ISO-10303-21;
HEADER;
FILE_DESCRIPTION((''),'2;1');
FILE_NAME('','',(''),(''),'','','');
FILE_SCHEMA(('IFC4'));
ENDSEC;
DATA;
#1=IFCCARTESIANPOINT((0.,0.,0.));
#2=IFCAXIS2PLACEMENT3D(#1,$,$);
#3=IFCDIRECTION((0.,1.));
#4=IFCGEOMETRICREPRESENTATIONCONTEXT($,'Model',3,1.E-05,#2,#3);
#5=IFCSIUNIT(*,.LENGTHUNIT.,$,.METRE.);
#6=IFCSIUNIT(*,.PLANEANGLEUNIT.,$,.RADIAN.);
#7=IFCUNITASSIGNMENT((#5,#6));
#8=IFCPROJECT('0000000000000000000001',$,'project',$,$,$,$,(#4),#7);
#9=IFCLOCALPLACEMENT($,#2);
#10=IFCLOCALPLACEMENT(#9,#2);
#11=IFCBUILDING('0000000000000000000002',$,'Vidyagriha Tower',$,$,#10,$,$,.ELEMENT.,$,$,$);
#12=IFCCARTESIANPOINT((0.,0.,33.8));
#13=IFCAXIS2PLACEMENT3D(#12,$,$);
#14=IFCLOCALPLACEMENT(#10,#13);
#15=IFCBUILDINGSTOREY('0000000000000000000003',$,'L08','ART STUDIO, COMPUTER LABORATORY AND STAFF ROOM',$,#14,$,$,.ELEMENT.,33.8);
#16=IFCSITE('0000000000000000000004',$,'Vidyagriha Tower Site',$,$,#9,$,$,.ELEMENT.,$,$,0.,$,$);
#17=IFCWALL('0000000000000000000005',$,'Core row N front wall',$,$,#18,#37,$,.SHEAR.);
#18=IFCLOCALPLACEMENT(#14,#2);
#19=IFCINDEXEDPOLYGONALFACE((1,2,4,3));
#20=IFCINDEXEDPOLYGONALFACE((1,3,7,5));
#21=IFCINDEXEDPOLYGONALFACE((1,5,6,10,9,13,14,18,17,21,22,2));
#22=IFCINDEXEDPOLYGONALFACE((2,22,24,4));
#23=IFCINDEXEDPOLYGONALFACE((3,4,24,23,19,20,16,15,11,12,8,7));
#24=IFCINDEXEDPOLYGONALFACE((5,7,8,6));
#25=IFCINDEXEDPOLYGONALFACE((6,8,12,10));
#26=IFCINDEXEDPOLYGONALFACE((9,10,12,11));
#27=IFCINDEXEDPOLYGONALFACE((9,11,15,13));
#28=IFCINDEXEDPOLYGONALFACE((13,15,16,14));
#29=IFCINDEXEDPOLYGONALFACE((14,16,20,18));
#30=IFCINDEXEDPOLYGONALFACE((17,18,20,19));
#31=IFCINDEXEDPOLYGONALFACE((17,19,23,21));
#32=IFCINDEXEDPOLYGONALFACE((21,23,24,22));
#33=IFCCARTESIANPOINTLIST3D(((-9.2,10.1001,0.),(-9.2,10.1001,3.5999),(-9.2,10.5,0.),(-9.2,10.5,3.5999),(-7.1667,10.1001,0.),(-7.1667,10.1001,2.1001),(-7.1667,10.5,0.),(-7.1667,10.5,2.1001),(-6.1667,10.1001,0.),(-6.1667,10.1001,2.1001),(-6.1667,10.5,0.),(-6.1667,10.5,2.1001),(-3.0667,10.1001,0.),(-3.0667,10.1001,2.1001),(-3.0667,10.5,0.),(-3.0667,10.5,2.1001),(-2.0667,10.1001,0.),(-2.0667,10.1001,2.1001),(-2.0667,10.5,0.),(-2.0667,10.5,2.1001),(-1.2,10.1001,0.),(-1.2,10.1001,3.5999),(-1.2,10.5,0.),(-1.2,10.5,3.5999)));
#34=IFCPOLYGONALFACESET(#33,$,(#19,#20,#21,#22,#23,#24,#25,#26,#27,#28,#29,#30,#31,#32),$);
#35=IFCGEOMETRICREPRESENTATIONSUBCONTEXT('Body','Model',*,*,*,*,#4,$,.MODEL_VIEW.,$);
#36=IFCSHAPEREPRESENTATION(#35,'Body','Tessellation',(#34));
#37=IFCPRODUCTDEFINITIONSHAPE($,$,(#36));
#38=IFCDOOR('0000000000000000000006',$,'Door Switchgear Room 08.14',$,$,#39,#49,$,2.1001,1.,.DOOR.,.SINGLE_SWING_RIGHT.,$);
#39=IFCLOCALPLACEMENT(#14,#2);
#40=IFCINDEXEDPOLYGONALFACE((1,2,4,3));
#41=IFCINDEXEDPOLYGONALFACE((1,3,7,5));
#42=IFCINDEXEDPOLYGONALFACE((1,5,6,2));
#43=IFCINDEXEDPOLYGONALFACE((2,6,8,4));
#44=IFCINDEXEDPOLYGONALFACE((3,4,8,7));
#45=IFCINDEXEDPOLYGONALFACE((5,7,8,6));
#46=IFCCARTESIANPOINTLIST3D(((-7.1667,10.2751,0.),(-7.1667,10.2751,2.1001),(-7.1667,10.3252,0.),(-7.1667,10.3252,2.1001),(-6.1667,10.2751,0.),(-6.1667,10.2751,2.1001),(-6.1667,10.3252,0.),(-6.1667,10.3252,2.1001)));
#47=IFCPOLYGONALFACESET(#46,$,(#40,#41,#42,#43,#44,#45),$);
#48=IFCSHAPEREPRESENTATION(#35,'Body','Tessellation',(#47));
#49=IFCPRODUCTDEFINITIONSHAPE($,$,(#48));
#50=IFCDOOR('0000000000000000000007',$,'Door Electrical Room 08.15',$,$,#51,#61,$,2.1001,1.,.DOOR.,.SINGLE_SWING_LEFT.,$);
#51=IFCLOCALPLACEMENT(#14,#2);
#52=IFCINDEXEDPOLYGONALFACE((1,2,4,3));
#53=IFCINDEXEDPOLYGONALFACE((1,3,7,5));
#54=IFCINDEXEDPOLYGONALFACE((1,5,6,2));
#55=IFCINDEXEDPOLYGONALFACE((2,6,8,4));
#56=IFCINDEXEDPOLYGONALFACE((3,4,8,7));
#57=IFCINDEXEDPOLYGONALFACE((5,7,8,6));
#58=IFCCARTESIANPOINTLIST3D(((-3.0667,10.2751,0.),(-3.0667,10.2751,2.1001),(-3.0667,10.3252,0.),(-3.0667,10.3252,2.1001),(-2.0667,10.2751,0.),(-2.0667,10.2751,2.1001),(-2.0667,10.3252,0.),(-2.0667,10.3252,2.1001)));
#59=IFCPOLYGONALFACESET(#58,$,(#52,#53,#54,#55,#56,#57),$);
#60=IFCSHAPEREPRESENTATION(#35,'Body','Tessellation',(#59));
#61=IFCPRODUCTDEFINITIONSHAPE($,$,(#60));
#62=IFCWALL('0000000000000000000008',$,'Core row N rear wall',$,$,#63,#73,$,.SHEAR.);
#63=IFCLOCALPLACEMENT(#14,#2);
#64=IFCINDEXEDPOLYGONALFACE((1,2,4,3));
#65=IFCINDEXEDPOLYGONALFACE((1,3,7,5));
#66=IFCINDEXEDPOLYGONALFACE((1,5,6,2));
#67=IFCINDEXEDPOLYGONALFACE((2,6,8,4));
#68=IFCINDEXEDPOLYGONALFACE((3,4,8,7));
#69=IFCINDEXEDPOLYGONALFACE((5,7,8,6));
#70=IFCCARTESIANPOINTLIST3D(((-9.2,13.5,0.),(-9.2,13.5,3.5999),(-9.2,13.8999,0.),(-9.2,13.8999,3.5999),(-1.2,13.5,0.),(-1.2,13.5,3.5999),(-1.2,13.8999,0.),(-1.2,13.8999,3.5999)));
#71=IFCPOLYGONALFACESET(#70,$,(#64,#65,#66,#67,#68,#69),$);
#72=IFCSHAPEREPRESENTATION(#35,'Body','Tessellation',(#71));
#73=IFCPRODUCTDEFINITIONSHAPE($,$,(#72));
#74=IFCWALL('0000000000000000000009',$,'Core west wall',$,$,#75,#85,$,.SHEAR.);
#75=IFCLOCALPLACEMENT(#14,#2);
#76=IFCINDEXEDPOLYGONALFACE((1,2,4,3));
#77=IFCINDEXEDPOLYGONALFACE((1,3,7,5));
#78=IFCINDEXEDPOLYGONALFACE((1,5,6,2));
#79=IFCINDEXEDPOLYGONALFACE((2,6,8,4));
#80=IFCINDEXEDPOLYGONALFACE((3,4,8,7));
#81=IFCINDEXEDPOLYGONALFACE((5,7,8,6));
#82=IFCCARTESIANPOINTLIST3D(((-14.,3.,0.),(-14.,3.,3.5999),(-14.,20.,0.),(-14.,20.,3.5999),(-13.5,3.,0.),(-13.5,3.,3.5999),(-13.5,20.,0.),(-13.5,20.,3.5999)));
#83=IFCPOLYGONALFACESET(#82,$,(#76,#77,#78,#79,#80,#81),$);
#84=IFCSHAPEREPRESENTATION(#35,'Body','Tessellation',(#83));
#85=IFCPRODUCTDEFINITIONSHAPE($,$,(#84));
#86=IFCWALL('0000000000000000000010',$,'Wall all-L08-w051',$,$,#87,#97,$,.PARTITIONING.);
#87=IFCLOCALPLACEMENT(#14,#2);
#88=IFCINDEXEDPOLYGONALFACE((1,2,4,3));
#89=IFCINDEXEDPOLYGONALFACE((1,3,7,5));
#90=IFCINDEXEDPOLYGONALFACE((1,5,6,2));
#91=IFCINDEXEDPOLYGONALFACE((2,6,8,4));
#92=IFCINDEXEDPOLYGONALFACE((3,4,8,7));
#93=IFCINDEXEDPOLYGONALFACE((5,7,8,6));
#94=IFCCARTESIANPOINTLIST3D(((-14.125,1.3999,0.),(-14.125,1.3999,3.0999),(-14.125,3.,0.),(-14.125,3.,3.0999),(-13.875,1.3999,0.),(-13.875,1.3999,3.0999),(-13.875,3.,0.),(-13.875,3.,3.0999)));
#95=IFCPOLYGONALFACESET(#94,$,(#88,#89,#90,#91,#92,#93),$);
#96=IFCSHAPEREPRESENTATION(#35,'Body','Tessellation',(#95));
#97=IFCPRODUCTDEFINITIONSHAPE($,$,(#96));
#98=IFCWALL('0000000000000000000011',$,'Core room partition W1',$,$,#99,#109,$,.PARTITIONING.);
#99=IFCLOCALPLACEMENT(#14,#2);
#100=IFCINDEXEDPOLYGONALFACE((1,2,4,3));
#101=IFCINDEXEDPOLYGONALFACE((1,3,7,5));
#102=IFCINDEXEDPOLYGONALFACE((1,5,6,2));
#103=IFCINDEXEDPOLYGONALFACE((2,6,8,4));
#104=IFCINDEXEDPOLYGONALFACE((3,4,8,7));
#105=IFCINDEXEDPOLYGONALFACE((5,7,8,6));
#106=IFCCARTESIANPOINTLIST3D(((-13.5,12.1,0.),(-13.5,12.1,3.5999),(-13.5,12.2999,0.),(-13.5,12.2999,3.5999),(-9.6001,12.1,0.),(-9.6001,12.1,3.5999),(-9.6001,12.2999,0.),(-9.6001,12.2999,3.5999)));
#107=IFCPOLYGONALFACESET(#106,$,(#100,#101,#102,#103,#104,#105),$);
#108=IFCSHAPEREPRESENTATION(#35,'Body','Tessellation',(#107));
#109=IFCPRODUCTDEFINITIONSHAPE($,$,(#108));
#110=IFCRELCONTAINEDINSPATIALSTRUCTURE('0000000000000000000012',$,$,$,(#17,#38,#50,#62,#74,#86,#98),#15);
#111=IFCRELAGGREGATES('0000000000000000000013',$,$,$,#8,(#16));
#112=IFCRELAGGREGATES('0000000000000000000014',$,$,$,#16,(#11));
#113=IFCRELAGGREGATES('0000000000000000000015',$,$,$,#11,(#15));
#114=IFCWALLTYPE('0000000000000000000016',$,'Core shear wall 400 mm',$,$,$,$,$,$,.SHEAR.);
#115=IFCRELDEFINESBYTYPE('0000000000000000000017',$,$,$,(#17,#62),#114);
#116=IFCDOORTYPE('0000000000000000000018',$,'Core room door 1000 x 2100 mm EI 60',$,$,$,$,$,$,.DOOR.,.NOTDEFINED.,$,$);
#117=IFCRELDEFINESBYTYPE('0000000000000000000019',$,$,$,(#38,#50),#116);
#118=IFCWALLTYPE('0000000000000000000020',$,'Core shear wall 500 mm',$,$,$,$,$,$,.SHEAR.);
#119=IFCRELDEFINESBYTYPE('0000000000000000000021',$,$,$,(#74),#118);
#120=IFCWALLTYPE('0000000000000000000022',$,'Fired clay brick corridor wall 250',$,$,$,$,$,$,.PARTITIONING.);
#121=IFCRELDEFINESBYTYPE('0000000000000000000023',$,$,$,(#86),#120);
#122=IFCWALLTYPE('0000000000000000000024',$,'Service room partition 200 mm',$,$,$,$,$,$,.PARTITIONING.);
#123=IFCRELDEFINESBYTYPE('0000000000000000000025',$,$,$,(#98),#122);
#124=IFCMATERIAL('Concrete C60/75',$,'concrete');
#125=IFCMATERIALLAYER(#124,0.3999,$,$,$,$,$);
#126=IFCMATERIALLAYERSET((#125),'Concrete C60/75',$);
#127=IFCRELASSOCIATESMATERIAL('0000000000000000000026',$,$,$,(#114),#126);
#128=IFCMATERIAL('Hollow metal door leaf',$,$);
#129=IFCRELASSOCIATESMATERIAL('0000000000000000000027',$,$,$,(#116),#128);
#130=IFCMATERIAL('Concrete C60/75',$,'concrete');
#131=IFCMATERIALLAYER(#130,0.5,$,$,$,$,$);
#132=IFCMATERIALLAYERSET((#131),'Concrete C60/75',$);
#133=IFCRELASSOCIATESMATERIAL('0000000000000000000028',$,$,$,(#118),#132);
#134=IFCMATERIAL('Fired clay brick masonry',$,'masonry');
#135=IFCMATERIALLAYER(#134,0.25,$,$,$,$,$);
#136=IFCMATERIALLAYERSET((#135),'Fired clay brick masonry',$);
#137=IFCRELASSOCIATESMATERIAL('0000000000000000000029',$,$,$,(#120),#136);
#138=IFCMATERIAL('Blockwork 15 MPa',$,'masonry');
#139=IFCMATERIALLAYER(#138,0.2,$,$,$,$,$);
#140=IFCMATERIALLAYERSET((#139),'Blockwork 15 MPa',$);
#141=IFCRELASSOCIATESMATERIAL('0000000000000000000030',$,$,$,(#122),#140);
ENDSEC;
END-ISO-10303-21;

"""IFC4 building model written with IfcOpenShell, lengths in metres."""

from ifc_helpers import new_model, si_unit, direction, frame, frame_2d, origin, place, context, subcontext, project, spatial, rectangle, extrude, material, layer, layer_set, type_object, element, fill, save


model = new_model("IFC4")

# Units and contexts
model_context = context("Model", 3, precision=1e-05, world=origin(), true_north=direction((0.0, 1.0)))
body_context = subcontext(model_context, "Body", "Model", "MODEL_VIEW")
ifc_project = project(units=[si_unit("LENGTHUNIT", "METRE"), si_unit("PLANEANGLEUNIT", "RADIAN")], contexts=[model_context])

# Site, building, storey
site_placement = place(None, origin())
site = spatial("IfcSite", under=ifc_project, at=site_placement, Name="Vidyagriha Tower Site", CompositionType="ELEMENT", RefElevation=0.0)
building_placement = place(site_placement, origin())
building = spatial("IfcBuilding", under=site, at=building_placement, Name="Vidyagriha Tower", CompositionType="ELEMENT")
storey_placement = place(building_placement, frame((0.0, 0.0, 33.8)))
storey = spatial("IfcBuildingStorey", under=building, at=storey_placement, Name="L08", Description="ART STUDIO, COMPUTER LABORATORY AND STAFF ROOM", CompositionType="ELEMENT", Elevation=33.8)

# Shared definitions
ifc_material_1 = material(Name="Concrete C60/75", Category="concrete")
ifc_layer_1 = layer(ifc_material_1, 0.3999)
ifc_layer_set_1 = layer_set([ifc_layer_1], Name="Concrete C60/75")
wall_type_1 = type_object("IfcWallType", Name="Core shear wall 400 mm", PredefinedType="SHEAR", material=ifc_layer_set_1)
ifc_material_2 = material(Name="Hollow metal door leaf")
door_type_1 = type_object("IfcDoorType", Name="Core room door 1000 x 2100 mm EI 60", OperationType="NOTDEFINED", PredefinedType="DOOR", material=ifc_material_2)

# Wall, openings, doors
wall_1_placement = place(storey_placement, frame((-9.2, 10.3, 0.0)))
wall_1 = element("IfcWall", 1, at=wall_1_placement, inside=storey, type_object=wall_type_1, Name="Core row N front wall", PredefinedType="SHEAR", context=body_context, shape_type="SweptSolid", body=[
    extrude(rectangle(XDim=8.0, YDim=0.3999, at=frame_2d((4.0, 0.0))), origin(), (0.0, 0.0, 1.0), 3.5999),
])
opening_1_placement = place(wall_1_placement, frame((2.0332, 0.0, 0.0)))
opening_1 = element("IfcOpeningElement", 2, at=opening_1_placement, cuts=wall_1, PredefinedType="OPENING", context=body_context, shape_type="SweptSolid", body=[
    extrude(rectangle(XDim=1.0, YDim=2.1001, at=frame_2d((0.5, 1.05))), frame((0.0, 0.21, 0.0), z_axis=(0.0, -1.0, 0.0), x_axis=(1.0, 0.0, 0.0)), (0.0, 0.0, 1.0), 0.4199),
])
opening_2_placement = place(wall_1_placement, frame((6.1333, 0.0, 0.0)))
opening_2 = element("IfcOpeningElement", 3, at=opening_2_placement, cuts=wall_1, PredefinedType="OPENING", context=body_context, shape_type="SweptSolid", body=[
    extrude(rectangle(XDim=1.0, YDim=2.1001, at=frame_2d((0.5, 1.05))), frame((0.0, 0.21, 0.0), z_axis=(0.0, -1.0, 0.0), x_axis=(1.0, 0.0, 0.0)), (0.0, 0.0, 1.0), 0.4199),
])
door_1_placement = place(opening_1_placement, frame((1.0, 0.0, 0.0), z_axis=(0.0, 0.0, 1.0), x_axis=(-1.0, 0.0, 0.0)))
door_1 = element("IfcDoor", 4, at=door_1_placement, inside=storey, type_object=door_type_1, Name="Door Switchgear Room 08.14", OperationType="SINGLE_SWING_RIGHT", OverallHeight=2.1001, OverallWidth=1.0, PredefinedType="DOOR", context=body_context, shape_type="SweptSolid", body=[
    extrude(rectangle(XDim=1.0, YDim=2.1001, at=frame_2d((0.5, 1.05))), frame((0.0, 0.0249, 0.0), z_axis=(0.0, -1.0, 0.0), x_axis=(1.0, 0.0, 0.0)), (0.0, 0.0, 1.0), 0.05),
])
fill(opening_1, door_1)
door_2_placement = place(opening_2_placement, frame((1.0, 0.0, 0.0), z_axis=(0.0, 0.0, 1.0), x_axis=(-1.0, 0.0, 0.0)))
door_2 = element("IfcDoor", 5, at=door_2_placement, inside=storey, type_object=door_type_1, Name="Door Electrical Room 08.15", OperationType="SINGLE_SWING_LEFT", OverallHeight=2.1001, OverallWidth=1.0, PredefinedType="DOOR", context=body_context, shape_type="SweptSolid", body=[
    extrude(rectangle(XDim=1.0, YDim=2.1001, at=frame_2d((0.5, 1.05))), frame((0.0, 0.0249, 0.0), z_axis=(0.0, -1.0, 0.0), x_axis=(1.0, 0.0, 0.0)), (0.0, 0.0, 1.0), 0.05),
])
fill(opening_2, door_2)

# Walls
wall_2_placement = place(storey_placement, frame((-9.2, 13.7, 0.0)))
element("IfcWall", 6, at=wall_2_placement, inside=storey, type_object=wall_type_1, Name="Core row N rear wall", PredefinedType="SHEAR", context=body_context, shape_type="SweptSolid", body=[
    extrude(rectangle(XDim=8.0, YDim=0.3999, at=frame_2d((4.0, 0.0))), origin(), (0.0, 0.0, 1.0), 3.5999),
])
ifc_material_3 = material(Name="Concrete C60/75", Category="concrete")
ifc_layer_2 = layer(ifc_material_3, 0.5)
ifc_layer_set_2 = layer_set([ifc_layer_2], Name="Concrete C60/75")
wall_type_2 = type_object("IfcWallType", Name="Core shear wall 500 mm", PredefinedType="SHEAR", material=ifc_layer_set_2)
wall_3_placement = place(storey_placement, frame((-13.75, 3.0, 0.0), z_axis=(0.0, 0.0, 1.0), x_axis=(0.0, 1.0, 0.0)))
element("IfcWall", 7, at=wall_3_placement, inside=storey, type_object=wall_type_2, Name="Core west wall", PredefinedType="SHEAR", context=body_context, shape_type="SweptSolid", body=[
    extrude(rectangle(XDim=17.0, YDim=0.5, at=frame_2d((8.5, 0.0))), origin(), (0.0, 0.0, 1.0), 3.5999),
])
ifc_material_4 = material(Name="Fired clay brick masonry", Category="masonry")
ifc_layer_3 = layer(ifc_material_4, 0.25)
ifc_layer_set_3 = layer_set([ifc_layer_3], Name="Fired clay brick masonry")
wall_type_3 = type_object("IfcWallType", Name="Fired clay brick corridor wall 250", PredefinedType="PARTITIONING", material=ifc_layer_set_3)
wall_4_placement = place(storey_placement, frame((-14.0, 3.0, 0.0), z_axis=(0.0, 0.0, 1.0), x_axis=(0.0, -1.0, 0.0)))
element("IfcWall", 8, at=wall_4_placement, inside=storey, type_object=wall_type_3, Name="Wall all-L08-w051", PredefinedType="PARTITIONING", context=body_context, shape_type="SweptSolid", body=[
    extrude(rectangle(XDim=1.6001, YDim=0.25, at=frame_2d((0.8, 0.0))), origin(), (0.0, 0.0, 1.0), 3.0999),
])
ifc_material_5 = material(Name="Blockwork 15 MPa", Category="masonry")
ifc_layer_4 = layer(ifc_material_5, 0.2)
ifc_layer_set_4 = layer_set([ifc_layer_4], Name="Blockwork 15 MPa")
wall_type_4 = type_object("IfcWallType", Name="Service room partition 200 mm", PredefinedType="PARTITIONING", material=ifc_layer_set_4)
wall_5_placement = place(storey_placement, frame((-13.5, 12.2, 0.0)))
element("IfcWall", 9, at=wall_5_placement, inside=storey, type_object=wall_type_4, Name="Core room partition W1", PredefinedType="PARTITIONING", context=body_context, shape_type="SweptSolid", body=[
    extrude(rectangle(XDim=3.8999, YDim=0.2, at=frame_2d((1.95, 0.0))), origin(), (0.0, 0.0, 1.0), 3.5999),
])

save(model, "model.ifc")
